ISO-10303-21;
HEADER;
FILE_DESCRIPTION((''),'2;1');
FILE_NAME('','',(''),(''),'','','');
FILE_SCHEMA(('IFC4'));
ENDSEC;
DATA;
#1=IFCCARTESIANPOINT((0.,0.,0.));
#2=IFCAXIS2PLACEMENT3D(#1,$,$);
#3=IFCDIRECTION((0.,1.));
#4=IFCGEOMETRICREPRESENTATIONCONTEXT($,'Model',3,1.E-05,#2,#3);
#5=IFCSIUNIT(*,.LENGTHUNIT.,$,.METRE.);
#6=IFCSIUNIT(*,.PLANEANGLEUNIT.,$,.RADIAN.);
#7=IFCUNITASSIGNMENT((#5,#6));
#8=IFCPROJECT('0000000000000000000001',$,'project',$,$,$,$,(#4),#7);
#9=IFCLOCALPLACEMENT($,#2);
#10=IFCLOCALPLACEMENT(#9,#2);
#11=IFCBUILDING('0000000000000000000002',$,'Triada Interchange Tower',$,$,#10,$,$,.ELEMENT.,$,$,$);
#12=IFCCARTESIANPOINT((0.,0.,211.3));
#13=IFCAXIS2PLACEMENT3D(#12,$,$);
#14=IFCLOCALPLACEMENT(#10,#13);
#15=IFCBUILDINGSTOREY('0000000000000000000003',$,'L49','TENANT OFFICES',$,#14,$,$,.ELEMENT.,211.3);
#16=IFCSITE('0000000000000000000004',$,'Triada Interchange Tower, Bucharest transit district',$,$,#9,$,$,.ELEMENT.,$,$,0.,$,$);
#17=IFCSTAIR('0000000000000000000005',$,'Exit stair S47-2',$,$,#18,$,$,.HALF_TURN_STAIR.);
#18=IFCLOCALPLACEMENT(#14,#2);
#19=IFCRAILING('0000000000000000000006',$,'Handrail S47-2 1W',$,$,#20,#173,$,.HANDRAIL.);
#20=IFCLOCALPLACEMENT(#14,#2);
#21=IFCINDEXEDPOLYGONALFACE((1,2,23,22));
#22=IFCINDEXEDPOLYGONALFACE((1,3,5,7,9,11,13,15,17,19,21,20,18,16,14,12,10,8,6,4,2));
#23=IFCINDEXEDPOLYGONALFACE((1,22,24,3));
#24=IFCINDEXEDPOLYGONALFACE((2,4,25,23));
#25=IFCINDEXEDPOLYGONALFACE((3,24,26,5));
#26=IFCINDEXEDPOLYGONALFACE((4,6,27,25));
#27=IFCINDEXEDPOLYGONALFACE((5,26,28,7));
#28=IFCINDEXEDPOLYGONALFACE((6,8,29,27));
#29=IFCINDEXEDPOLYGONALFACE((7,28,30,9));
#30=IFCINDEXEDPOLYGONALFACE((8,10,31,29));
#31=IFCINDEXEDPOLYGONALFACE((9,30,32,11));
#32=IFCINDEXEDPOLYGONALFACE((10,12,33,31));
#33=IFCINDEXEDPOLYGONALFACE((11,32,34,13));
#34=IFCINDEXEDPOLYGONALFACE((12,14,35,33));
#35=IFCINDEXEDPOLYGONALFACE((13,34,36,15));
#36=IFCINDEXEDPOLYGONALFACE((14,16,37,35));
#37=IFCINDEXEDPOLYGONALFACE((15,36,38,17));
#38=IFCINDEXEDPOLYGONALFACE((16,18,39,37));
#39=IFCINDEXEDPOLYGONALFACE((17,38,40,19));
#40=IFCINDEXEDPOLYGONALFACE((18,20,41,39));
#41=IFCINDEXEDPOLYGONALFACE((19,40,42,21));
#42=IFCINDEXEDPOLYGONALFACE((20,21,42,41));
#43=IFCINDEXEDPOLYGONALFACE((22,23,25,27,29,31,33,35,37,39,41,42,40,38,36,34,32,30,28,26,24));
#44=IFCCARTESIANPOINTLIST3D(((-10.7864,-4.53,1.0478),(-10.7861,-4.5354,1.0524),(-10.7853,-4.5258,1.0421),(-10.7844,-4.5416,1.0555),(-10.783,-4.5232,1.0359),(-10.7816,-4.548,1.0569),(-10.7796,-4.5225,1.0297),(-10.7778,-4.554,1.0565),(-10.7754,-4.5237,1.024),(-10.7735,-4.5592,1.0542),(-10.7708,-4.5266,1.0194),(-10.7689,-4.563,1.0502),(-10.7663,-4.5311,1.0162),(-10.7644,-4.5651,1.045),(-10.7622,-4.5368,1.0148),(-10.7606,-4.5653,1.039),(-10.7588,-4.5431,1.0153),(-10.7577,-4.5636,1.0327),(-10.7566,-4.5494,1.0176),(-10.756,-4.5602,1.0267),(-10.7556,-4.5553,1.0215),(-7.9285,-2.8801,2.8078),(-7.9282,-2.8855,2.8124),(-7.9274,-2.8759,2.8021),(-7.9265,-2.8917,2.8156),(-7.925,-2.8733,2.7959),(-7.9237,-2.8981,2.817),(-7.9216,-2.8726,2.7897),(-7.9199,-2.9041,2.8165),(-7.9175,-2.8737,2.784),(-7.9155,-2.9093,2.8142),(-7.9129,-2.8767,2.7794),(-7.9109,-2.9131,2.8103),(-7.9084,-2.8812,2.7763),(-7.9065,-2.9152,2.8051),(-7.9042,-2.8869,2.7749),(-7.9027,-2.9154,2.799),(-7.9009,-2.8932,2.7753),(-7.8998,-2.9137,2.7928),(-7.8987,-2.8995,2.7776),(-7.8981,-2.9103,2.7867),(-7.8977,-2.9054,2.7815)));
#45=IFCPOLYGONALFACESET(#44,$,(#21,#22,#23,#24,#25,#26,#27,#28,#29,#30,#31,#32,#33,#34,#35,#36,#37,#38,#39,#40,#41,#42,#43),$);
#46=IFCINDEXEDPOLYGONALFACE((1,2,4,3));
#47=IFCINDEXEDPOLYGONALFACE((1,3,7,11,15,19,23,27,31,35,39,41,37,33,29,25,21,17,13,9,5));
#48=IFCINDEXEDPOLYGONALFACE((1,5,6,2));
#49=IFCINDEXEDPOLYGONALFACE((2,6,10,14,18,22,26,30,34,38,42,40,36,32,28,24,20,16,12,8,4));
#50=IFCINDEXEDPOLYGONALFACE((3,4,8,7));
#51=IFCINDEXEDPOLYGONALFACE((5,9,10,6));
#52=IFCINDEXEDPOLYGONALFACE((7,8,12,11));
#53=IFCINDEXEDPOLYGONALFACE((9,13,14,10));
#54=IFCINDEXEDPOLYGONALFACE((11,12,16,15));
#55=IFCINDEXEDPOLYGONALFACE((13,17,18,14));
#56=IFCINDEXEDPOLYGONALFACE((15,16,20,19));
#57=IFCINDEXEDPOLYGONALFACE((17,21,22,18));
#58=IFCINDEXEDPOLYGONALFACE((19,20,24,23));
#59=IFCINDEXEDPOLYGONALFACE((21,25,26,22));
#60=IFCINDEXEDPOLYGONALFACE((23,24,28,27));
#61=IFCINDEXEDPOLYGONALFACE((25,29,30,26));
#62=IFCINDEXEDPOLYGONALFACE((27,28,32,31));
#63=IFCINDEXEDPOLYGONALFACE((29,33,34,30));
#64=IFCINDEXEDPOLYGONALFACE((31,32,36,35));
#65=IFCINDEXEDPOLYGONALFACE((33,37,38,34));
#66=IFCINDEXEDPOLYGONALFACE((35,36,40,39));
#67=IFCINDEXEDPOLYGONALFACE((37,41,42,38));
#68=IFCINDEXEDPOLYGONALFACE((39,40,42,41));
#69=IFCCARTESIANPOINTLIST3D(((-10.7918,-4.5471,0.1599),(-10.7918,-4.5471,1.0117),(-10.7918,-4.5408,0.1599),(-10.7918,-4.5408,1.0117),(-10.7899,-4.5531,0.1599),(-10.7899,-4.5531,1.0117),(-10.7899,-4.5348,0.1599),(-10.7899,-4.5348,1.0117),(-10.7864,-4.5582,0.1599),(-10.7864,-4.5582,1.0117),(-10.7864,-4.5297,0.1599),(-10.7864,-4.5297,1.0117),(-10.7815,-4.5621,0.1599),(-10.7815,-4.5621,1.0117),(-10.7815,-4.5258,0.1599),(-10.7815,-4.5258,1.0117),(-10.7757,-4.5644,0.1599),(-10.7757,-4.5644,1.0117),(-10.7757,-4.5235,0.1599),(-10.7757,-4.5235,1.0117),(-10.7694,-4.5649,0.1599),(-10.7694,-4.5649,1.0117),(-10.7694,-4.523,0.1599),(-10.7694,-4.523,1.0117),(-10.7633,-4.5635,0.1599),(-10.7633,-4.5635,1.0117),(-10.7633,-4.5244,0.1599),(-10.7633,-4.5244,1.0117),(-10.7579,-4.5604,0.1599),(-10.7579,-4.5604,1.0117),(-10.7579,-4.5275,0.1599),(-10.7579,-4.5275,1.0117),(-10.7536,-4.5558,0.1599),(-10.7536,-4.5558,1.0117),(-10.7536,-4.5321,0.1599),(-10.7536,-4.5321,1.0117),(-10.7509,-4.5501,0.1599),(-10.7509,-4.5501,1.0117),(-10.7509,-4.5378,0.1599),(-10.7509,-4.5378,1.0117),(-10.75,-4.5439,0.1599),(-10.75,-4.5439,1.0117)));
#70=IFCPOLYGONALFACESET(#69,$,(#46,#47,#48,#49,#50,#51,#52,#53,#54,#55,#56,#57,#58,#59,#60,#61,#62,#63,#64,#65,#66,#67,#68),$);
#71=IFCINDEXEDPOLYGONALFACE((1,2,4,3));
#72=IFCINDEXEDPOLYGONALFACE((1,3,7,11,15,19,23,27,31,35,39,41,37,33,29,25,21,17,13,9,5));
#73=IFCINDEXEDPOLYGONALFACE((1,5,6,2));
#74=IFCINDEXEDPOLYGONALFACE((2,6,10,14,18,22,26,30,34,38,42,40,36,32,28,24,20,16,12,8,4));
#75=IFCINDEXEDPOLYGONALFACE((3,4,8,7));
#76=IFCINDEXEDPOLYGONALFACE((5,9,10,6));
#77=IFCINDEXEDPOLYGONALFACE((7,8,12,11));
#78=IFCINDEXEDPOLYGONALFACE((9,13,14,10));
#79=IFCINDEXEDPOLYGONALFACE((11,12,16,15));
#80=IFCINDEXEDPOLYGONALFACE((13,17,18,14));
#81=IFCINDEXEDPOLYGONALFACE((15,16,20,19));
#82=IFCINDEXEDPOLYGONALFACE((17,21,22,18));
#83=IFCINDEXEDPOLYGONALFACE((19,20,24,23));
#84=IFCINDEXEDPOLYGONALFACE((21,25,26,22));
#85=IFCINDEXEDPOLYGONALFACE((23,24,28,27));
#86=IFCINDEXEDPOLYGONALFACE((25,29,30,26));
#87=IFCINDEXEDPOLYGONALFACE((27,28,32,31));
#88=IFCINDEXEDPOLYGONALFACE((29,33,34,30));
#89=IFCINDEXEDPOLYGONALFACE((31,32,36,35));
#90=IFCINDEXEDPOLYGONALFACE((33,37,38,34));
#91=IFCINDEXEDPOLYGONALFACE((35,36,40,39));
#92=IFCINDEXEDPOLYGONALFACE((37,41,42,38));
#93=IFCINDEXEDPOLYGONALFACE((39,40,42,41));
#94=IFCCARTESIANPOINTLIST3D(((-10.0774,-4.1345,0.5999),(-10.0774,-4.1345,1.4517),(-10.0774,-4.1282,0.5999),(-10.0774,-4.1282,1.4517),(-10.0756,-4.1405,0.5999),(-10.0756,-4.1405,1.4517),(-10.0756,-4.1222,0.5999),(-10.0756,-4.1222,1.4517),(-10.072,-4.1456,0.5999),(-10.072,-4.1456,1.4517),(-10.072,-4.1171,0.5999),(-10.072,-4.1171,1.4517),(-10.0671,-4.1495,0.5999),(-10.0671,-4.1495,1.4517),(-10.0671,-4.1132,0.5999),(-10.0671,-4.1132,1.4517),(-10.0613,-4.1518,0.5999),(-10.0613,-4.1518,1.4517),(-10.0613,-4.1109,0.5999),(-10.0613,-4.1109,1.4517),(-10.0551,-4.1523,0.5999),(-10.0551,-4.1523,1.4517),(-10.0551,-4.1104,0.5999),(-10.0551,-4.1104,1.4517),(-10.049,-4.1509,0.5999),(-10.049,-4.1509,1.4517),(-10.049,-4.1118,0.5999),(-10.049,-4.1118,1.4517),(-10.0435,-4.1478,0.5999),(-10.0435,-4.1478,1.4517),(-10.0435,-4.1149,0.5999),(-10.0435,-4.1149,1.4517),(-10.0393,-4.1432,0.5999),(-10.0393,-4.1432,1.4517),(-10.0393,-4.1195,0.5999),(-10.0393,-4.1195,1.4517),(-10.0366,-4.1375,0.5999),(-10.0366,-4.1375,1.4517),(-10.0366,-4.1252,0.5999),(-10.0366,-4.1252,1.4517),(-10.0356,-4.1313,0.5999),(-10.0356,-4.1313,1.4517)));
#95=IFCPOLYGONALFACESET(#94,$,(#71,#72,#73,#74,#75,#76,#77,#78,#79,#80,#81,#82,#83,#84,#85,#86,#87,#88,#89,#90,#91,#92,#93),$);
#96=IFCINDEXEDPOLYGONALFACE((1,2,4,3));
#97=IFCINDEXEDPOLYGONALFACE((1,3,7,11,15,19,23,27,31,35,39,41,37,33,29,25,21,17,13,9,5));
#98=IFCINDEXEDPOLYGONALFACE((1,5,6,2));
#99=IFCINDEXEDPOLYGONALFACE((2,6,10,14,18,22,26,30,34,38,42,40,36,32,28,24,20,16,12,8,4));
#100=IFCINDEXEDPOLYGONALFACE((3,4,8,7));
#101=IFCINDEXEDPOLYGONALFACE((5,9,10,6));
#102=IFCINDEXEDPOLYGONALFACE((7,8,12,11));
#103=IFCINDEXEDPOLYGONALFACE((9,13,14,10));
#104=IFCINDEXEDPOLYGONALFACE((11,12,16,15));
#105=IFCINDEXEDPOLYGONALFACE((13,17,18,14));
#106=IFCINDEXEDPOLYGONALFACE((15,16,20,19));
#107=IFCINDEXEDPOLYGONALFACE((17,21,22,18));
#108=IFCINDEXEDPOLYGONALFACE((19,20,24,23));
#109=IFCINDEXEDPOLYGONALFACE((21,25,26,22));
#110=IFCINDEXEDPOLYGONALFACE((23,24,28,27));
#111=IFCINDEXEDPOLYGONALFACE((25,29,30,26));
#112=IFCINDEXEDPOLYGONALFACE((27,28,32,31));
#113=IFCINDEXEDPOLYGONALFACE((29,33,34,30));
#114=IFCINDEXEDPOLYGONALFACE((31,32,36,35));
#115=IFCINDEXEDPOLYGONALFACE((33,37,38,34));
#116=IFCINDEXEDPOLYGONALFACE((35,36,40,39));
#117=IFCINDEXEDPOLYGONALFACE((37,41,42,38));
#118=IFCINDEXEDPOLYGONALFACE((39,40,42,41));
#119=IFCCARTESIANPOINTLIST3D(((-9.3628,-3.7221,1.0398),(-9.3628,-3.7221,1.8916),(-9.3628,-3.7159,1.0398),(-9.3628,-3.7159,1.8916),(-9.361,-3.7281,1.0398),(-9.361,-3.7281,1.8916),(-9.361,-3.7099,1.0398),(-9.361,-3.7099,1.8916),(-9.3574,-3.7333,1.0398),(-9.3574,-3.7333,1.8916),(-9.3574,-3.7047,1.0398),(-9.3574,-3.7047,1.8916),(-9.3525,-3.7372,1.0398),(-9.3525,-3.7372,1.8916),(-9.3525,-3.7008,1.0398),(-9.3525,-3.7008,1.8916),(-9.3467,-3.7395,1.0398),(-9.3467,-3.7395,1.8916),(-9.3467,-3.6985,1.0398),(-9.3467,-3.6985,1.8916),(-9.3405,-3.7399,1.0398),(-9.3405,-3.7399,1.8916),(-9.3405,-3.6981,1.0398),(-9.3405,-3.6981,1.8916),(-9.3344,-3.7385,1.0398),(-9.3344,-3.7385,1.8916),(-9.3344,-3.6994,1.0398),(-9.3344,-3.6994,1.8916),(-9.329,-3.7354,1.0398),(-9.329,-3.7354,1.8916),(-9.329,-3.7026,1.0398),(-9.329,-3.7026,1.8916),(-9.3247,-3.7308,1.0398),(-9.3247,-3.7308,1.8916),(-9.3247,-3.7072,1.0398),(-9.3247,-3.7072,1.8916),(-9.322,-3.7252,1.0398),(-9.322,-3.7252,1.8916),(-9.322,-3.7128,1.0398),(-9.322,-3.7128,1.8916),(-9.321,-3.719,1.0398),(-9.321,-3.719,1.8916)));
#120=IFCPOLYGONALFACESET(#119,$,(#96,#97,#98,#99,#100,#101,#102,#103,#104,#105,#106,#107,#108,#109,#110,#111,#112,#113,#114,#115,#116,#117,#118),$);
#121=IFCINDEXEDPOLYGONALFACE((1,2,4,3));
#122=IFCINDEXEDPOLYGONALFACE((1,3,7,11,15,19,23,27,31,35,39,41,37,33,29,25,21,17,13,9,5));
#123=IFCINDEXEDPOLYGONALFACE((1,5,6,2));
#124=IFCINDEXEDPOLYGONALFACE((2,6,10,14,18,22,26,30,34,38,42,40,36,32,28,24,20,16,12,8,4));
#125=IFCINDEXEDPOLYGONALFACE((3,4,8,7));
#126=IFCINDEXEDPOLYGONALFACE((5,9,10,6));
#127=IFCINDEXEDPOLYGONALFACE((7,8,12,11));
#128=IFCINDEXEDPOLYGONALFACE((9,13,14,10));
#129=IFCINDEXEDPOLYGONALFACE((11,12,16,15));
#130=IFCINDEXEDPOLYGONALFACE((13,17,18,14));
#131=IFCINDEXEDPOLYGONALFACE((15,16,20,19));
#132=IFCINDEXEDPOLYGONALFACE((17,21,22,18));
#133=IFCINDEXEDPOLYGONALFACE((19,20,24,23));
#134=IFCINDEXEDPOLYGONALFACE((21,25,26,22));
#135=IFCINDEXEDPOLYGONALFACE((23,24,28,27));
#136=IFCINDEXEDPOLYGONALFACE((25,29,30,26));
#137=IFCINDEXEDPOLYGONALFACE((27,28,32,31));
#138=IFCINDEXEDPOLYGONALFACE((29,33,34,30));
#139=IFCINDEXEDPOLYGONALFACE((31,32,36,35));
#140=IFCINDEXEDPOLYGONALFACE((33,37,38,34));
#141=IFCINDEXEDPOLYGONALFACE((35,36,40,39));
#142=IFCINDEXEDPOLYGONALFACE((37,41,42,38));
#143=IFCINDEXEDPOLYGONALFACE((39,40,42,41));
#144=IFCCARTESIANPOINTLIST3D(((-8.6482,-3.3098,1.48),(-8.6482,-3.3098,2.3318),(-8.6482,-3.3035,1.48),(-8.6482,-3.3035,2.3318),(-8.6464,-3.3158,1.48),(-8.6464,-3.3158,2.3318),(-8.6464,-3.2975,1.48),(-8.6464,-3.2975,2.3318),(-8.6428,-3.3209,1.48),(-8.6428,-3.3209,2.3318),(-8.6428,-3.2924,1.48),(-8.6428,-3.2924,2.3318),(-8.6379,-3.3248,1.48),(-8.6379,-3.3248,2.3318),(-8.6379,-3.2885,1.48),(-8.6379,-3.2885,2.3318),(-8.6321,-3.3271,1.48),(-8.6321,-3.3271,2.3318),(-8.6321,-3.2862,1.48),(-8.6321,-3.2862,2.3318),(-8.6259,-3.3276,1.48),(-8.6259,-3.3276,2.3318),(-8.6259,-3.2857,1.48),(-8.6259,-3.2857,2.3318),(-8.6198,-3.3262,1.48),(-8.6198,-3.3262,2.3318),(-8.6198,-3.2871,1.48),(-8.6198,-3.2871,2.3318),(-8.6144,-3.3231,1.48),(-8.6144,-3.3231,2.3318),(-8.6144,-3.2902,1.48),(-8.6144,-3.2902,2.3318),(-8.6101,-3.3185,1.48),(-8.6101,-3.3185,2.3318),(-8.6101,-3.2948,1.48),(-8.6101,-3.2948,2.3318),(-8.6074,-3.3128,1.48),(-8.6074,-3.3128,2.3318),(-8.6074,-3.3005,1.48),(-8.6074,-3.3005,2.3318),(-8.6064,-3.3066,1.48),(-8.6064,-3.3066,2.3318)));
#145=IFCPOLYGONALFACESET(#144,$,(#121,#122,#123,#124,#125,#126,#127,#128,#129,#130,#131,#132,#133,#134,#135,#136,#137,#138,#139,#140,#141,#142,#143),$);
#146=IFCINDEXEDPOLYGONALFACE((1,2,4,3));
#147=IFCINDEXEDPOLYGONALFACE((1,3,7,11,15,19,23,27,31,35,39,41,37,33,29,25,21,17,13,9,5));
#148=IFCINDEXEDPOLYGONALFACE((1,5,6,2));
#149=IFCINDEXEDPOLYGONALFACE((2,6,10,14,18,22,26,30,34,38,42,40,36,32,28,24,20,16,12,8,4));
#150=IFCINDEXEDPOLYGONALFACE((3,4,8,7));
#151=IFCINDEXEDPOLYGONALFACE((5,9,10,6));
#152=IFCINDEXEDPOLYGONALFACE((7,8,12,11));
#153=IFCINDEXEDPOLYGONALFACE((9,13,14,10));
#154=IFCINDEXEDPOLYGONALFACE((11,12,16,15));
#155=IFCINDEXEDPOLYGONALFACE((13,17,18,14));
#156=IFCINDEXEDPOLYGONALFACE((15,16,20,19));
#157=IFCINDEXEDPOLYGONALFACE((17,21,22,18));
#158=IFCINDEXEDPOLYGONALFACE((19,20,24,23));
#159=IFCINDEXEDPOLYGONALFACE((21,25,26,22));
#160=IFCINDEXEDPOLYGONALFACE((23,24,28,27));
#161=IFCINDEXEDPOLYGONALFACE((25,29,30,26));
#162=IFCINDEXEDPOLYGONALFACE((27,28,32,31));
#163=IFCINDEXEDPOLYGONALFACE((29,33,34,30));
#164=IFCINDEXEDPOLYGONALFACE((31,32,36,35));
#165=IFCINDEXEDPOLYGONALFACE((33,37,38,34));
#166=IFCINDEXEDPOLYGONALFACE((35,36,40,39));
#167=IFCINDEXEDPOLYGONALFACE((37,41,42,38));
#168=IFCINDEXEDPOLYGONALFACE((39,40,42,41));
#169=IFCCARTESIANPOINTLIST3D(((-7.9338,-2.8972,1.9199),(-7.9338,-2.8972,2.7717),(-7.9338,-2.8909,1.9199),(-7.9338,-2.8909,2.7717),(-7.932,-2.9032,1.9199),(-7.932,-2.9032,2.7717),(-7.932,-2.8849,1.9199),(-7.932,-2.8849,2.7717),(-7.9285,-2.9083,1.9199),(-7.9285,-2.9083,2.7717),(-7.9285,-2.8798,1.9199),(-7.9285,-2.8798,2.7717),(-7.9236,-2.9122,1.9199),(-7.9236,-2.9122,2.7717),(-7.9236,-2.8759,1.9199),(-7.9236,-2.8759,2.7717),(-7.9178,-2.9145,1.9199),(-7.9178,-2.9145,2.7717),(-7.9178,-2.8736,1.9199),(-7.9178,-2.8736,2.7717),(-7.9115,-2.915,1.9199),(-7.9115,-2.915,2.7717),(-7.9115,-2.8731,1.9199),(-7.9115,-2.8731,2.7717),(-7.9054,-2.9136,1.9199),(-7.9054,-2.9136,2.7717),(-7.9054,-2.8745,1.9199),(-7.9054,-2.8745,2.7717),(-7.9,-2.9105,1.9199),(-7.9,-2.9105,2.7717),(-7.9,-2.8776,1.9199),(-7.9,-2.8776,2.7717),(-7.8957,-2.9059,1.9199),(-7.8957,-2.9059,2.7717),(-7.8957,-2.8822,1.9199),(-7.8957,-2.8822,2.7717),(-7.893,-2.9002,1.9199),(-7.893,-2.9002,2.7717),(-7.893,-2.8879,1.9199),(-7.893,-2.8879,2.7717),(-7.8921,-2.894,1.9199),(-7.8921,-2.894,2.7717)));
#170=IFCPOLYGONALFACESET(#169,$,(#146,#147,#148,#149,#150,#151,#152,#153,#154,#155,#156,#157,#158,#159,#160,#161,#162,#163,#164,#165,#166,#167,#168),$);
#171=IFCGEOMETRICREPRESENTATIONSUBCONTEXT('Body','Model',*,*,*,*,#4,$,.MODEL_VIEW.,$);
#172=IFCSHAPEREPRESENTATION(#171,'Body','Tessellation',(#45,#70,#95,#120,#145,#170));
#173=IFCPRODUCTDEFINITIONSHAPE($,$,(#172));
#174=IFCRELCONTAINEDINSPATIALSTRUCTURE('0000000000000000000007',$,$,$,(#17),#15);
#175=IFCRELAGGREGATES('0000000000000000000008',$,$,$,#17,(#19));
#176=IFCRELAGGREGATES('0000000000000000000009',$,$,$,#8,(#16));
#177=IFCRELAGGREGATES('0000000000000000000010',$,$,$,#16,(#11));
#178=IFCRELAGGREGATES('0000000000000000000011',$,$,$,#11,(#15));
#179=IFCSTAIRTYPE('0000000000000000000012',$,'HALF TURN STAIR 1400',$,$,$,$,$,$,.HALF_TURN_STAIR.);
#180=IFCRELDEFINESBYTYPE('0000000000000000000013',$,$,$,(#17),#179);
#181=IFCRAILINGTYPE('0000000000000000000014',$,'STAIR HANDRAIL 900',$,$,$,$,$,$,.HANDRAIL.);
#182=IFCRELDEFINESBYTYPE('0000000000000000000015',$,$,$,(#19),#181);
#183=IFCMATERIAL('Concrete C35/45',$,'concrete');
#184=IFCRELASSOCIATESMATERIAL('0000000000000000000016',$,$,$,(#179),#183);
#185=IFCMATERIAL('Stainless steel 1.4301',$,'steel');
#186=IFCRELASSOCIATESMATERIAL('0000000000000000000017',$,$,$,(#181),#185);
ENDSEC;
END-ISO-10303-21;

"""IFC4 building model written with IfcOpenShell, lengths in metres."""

from ifc_helpers import new_model, si_unit, direction, frame, origin, origin_2d, place, context, subcontext, project, spatial, circle, extrude, material, type_object, element, aggregate, save


model = new_model("IFC4")

# Units and contexts
model_context = context("Model", 3, precision=1e-05, world=origin(), true_north=direction((0.0, 1.0)))
body_context = subcontext(model_context, "Body", "Model", "MODEL_VIEW")
ifc_project = project(units=[si_unit("LENGTHUNIT", "METRE"), si_unit("PLANEANGLEUNIT", "RADIAN")], contexts=[model_context])

# Site, building, storey
site_placement = place(None, origin())
site = spatial("IfcSite", under=ifc_project, at=site_placement, Name="Triada Interchange Tower, Bucharest transit district", CompositionType="ELEMENT", RefElevation=0.0)
building_placement = place(site_placement, origin())
building = spatial("IfcBuilding", under=site, at=building_placement, Name="Triada Interchange Tower", CompositionType="ELEMENT")
storey_placement = place(building_placement, frame((0.0, 0.0, 211.3)))
storey = spatial("IfcBuildingStorey", under=building, at=storey_placement, Name="L49", Description="TENANT OFFICES", CompositionType="ELEMENT", Elevation=211.3)

# Stair, railing
ifc_material_1 = material(Name="Concrete C35/45", Category="concrete")
stair_type = type_object("IfcStairType", Name="HALF TURN STAIR 1400", PredefinedType="HALF_TURN_STAIR", material=ifc_material_1)
stair_placement = place(storey_placement, origin())
stair = element("IfcStair", 1, at=stair_placement, inside=storey, type_object=stair_type, Name="Exit stair S47-2", PredefinedType="HALF_TURN_STAIR")
ifc_material_2 = material(Name="Stainless steel 1.4301", Category="steel")
railing_type = type_object("IfcRailingType", Name="STAIR HANDRAIL 900", PredefinedType="HANDRAIL", material=ifc_material_2)
railing_1_placement = place(storey_placement, frame((-10.771, -4.5439, 0.1599)))
railing_1 = element("IfcRailing", 2, at=railing_1_placement, type_object=railing_type, Name="Handrail S47-2 1W", PredefinedType="HANDRAIL", context=body_context, shape_type="SweptSolid", body=[
    extrude(circle(Radius=0.0239, at=origin_2d()), frame((0.0, 0.0, 0.876), z_axis=(0.764151, 0.441153, 0.470593), x_axis=(-0.499974, 0.86604, 0.0)), (0.0, 0.0, 1.0), 3.74),
    extrude(circle(Radius=0.021, at=origin_2d()), origin(), (0.0, 0.0, 1.0), 0.8518),
    extrude(circle(Radius=0.021, at=origin_2d()), frame((0.7144, 0.4126, 0.4399)), (0.0, 0.0, 1.0), 0.8518),
    extrude(circle(Radius=0.021, at=origin_2d()), frame((1.429, 0.825, 0.8799)), (0.0, 0.0, 1.0), 0.8518),
    extrude(circle(Radius=0.021, at=origin_2d()), frame((2.1436, 1.2373, 1.3201)), (0.0, 0.0, 1.0), 0.8518),
    extrude(circle(Radius=0.021, at=origin_2d()), frame((2.8579, 1.6499, 1.76)), (0.0, 0.0, 1.0), 0.8518),
])
aggregate(stair, [railing_1])

save(model, "model.ifc")
